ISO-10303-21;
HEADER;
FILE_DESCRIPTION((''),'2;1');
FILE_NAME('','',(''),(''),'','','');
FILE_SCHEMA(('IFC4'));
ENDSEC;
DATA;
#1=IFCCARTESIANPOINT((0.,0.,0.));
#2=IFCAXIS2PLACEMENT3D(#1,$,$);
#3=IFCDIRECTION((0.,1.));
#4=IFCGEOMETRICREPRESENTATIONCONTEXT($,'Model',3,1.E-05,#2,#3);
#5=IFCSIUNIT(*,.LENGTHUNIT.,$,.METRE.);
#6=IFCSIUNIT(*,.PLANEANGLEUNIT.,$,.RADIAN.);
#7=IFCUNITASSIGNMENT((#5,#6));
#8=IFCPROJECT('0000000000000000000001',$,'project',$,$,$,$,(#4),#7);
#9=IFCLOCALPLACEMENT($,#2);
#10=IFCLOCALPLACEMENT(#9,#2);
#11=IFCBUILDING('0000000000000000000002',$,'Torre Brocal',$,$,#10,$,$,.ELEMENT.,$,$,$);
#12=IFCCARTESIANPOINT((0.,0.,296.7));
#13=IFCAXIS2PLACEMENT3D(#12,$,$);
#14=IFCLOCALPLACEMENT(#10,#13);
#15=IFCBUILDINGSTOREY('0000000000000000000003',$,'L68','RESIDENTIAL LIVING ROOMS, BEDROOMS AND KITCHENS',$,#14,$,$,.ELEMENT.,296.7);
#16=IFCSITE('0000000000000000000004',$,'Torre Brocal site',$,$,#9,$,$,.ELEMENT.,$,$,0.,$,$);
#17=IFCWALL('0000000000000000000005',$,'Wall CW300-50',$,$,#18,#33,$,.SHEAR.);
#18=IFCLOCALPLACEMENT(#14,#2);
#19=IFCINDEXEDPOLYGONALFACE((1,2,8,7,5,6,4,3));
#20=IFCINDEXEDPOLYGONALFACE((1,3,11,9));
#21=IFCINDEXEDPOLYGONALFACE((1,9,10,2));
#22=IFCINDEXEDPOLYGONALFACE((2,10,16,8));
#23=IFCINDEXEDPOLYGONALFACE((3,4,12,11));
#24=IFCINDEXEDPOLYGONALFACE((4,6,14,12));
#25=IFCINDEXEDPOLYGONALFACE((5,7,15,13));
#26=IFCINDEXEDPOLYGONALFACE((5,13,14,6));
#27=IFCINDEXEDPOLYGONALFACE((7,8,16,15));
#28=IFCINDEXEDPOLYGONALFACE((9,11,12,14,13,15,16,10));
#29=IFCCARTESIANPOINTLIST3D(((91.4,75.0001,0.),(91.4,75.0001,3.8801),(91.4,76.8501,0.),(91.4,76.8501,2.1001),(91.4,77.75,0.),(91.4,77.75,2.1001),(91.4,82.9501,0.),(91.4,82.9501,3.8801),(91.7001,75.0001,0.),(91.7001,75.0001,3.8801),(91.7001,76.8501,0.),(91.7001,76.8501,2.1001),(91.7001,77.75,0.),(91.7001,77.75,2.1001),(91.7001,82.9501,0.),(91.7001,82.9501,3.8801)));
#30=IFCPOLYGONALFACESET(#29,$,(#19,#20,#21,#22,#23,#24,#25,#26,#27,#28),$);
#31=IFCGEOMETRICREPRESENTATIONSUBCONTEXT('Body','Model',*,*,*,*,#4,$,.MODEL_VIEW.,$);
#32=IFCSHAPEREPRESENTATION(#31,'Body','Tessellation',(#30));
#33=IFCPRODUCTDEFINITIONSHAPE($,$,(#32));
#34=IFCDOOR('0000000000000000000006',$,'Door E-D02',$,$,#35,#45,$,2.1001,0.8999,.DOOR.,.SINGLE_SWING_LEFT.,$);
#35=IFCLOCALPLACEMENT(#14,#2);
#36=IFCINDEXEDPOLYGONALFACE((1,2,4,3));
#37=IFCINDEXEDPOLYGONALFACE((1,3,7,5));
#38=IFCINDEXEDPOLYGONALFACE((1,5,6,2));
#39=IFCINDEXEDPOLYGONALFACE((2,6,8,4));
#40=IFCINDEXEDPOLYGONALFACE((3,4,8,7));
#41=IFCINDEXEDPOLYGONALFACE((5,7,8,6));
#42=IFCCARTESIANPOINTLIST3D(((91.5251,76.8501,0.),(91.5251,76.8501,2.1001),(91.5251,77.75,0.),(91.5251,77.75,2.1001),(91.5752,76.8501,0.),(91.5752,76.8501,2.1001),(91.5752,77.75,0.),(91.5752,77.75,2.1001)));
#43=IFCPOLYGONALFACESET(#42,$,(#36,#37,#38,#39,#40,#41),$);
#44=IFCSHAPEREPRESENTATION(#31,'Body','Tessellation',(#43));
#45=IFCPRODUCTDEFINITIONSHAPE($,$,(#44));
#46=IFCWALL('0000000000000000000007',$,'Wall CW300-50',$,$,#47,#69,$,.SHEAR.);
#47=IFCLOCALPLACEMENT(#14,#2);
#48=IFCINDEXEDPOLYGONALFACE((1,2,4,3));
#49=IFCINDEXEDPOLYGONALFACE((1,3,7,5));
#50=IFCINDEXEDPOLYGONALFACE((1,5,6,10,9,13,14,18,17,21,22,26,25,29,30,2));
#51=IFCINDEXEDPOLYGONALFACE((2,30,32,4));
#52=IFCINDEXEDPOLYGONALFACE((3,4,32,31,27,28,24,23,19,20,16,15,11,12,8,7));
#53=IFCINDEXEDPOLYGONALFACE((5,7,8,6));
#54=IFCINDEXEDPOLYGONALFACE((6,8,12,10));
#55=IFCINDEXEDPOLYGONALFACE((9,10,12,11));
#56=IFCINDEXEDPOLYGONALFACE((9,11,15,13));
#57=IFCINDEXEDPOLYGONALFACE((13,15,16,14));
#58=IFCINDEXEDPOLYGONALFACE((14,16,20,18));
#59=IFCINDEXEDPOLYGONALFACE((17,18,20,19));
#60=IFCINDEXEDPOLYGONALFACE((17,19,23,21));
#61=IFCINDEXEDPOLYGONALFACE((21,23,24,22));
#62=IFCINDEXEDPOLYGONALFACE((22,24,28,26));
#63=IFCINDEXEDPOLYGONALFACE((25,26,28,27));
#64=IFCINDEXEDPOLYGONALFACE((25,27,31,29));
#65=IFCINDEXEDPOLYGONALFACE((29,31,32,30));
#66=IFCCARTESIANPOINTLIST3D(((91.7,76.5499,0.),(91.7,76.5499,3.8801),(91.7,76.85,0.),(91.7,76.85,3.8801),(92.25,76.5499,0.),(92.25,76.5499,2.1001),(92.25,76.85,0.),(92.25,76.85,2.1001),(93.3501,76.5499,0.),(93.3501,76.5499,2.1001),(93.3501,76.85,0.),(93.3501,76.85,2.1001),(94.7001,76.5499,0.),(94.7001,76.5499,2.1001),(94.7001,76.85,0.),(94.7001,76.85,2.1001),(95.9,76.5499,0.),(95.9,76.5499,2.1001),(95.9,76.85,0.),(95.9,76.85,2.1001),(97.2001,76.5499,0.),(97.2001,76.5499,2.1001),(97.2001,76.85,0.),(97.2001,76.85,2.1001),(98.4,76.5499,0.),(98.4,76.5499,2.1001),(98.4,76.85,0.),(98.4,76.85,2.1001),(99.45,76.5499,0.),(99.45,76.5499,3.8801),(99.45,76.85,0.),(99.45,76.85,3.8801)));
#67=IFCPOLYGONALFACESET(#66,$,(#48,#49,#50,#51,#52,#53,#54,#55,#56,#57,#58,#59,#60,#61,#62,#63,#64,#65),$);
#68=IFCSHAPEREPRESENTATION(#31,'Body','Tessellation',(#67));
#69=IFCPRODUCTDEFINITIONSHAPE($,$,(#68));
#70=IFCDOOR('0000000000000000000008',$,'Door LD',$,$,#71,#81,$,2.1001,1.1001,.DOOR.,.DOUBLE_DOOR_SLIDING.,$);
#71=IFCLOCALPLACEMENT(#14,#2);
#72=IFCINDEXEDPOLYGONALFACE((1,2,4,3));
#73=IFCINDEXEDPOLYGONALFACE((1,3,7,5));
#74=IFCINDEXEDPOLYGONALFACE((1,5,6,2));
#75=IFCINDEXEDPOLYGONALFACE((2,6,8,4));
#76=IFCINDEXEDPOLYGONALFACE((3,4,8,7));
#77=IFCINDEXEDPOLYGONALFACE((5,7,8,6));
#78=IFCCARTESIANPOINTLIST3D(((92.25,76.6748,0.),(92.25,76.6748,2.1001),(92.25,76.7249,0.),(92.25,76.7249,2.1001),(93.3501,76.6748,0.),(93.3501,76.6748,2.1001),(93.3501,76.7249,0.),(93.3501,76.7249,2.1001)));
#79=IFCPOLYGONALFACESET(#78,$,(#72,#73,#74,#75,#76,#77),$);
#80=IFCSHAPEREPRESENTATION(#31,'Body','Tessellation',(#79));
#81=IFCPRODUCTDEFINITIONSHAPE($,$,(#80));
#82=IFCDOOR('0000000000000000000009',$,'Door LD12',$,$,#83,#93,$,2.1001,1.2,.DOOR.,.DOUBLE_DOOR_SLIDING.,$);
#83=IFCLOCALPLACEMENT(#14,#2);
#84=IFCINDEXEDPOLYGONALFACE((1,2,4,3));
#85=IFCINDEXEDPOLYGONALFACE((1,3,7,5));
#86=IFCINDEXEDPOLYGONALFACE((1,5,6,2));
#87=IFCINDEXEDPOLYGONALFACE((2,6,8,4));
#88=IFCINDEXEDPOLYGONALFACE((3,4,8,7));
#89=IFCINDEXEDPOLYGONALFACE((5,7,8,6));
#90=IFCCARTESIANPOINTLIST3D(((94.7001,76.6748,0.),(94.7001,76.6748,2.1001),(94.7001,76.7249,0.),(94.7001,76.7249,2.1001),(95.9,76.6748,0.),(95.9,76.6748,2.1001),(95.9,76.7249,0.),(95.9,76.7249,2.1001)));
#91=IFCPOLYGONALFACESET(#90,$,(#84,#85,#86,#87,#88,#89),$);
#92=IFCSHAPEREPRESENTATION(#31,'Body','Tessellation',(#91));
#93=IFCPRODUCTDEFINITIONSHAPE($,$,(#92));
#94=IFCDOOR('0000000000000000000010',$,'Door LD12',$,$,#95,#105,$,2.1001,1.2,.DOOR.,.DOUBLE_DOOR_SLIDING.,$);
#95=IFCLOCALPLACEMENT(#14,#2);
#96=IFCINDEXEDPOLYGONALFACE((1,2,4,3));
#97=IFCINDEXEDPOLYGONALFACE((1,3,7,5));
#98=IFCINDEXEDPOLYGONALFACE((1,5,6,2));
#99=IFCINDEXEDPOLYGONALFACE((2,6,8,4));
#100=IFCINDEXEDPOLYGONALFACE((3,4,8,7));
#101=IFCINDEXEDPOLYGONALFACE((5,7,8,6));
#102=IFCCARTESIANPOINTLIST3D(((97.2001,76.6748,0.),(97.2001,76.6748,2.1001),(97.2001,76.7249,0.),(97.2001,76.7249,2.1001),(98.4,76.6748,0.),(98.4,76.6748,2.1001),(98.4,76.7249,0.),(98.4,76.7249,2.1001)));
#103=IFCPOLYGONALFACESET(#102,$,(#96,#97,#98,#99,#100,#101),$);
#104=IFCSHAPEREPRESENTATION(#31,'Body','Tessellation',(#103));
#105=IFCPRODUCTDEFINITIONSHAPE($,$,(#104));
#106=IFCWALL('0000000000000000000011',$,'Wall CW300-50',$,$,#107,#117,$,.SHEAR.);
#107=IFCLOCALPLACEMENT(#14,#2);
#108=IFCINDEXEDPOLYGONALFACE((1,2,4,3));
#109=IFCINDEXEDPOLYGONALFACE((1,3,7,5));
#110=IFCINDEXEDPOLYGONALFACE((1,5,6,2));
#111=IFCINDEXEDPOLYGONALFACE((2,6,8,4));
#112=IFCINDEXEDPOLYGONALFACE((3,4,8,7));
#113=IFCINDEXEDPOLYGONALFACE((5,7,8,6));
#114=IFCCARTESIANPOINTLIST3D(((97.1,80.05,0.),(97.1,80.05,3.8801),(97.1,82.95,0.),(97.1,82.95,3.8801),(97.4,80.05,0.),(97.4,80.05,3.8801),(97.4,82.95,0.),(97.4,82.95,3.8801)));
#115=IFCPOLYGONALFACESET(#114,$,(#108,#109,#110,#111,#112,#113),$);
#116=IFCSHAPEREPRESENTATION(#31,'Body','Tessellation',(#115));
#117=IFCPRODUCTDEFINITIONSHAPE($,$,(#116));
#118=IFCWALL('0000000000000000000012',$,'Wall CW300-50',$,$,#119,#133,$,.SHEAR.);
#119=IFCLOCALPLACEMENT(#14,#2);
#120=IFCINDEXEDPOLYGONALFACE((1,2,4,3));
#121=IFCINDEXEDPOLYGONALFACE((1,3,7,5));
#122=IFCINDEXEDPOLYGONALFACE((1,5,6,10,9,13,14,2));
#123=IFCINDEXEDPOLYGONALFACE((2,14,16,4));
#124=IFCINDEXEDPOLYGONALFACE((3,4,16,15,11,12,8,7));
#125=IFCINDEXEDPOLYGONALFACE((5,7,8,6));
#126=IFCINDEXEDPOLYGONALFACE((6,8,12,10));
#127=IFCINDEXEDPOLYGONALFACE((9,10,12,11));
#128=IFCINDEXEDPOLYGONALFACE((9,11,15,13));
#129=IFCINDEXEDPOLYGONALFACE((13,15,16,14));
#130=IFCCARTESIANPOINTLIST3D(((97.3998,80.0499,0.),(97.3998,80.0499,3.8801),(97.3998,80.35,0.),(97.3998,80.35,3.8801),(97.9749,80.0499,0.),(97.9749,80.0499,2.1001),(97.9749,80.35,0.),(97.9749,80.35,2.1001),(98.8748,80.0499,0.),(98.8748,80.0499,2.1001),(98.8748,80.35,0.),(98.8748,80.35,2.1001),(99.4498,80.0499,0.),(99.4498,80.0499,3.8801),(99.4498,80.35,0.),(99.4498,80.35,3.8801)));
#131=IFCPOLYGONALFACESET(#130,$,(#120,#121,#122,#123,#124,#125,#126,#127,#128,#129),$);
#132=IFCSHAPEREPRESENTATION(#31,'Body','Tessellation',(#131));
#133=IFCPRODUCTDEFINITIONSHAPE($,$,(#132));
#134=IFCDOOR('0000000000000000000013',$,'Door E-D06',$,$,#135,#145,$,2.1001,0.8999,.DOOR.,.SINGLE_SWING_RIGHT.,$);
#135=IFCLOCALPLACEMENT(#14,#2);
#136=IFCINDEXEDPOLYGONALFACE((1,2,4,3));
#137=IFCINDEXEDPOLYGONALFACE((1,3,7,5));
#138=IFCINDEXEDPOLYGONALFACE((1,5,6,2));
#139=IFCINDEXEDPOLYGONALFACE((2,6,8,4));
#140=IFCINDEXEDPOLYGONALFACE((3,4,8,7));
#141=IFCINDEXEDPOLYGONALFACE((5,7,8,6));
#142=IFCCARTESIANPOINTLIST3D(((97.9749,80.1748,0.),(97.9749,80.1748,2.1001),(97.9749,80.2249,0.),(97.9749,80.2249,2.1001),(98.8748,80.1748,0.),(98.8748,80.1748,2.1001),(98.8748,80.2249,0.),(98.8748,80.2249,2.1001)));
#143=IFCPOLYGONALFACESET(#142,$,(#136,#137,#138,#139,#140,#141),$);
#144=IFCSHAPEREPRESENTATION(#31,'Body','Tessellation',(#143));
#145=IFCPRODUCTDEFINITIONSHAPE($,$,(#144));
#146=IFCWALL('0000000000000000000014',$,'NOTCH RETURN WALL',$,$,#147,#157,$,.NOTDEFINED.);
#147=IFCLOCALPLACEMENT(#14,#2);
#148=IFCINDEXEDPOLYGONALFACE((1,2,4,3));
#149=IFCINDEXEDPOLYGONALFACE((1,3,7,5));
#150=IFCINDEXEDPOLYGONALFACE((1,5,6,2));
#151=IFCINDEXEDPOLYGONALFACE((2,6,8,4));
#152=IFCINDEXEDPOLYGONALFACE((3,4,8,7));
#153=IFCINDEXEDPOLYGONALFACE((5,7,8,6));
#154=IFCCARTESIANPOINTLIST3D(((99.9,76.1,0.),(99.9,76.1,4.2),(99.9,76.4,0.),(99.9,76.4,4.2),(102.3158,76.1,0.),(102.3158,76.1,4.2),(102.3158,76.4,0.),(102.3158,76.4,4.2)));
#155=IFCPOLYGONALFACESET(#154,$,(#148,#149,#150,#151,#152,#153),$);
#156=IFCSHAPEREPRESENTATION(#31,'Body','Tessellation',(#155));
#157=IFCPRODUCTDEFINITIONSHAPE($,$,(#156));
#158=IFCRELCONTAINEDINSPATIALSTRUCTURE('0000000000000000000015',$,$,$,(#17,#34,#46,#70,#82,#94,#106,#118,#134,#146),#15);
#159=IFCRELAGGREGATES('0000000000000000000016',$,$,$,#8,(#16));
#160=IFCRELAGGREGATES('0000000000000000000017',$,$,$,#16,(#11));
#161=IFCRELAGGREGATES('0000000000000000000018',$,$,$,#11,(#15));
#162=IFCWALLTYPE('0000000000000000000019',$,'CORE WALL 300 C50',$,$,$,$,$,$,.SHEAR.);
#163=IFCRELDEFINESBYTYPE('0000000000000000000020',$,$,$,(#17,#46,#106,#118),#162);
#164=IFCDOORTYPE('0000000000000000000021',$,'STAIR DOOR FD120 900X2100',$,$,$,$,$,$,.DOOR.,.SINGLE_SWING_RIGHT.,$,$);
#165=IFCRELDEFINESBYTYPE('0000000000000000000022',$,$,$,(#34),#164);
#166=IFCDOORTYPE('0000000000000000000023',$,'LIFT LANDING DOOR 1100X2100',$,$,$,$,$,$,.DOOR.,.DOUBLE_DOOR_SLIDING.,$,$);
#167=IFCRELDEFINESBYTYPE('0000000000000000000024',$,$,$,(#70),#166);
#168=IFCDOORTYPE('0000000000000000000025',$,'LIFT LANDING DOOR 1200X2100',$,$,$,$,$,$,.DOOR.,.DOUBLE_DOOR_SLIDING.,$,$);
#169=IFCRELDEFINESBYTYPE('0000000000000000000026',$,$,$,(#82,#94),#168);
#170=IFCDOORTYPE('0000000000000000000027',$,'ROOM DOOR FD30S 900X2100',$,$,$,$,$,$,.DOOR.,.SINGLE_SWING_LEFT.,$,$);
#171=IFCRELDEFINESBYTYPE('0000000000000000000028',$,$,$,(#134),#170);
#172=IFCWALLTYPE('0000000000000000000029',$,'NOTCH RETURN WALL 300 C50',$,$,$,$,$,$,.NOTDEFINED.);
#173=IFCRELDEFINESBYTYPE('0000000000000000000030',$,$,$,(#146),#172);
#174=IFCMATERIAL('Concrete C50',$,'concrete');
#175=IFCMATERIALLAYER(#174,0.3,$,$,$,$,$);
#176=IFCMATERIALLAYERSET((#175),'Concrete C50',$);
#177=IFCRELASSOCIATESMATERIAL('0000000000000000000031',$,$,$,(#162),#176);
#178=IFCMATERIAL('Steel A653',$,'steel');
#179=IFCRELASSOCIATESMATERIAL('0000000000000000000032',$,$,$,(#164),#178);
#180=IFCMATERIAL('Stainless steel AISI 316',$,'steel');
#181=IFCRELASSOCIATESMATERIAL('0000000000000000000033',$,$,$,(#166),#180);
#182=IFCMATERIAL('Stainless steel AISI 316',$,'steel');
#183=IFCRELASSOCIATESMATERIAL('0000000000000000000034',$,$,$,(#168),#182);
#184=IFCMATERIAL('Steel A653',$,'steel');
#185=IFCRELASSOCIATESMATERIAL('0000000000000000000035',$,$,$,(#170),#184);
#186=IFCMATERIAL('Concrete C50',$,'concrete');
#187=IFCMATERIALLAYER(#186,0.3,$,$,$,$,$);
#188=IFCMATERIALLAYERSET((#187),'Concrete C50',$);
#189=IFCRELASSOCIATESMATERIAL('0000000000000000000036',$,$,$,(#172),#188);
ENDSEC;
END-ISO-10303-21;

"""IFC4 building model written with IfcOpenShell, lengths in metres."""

from ifc_helpers import new_model, si_unit, direction, frame, frame_2d, origin, place, context, subcontext, project, spatial, rectangle, extrude, material, layer, layer_set, type_object, element, fill, save


model = new_model("IFC4")

# Units and contexts
model_context = context("Model", 3, precision=1e-05, world=origin(), true_north=direction((0.0, 1.0)))
body_context = subcontext(model_context, "Body", "Model", "MODEL_VIEW")
ifc_project = project(units=[si_unit("LENGTHUNIT", "METRE"), si_unit("PLANEANGLEUNIT", "RADIAN")], contexts=[model_context])

# Site, building, storey
site_placement = place(None, origin())
site = spatial("IfcSite", under=ifc_project, at=site_placement, Name="Torre Brocal site", CompositionType="ELEMENT", RefElevation=0.0)
building_placement = place(site_placement, origin())
building = spatial("IfcBuilding", under=site, at=building_placement, Name="Torre Brocal", CompositionType="ELEMENT")
storey_placement = place(building_placement, frame((0.0, 0.0, 296.7)))
storey = spatial("IfcBuildingStorey", under=building, at=storey_placement, Name="L68", Description="RESIDENTIAL LIVING ROOMS, BEDROOMS AND KITCHENS", CompositionType="ELEMENT", Elevation=296.7)

# Wall, opening, door
ifc_material_1 = material(Name="Concrete C50", Category="concrete")
ifc_layer_1 = layer(ifc_material_1, 0.3)
ifc_layer_set_1 = layer_set([ifc_layer_1], Name="Concrete C50")
wall_type_1 = type_object("IfcWallType", Name="CORE WALL 300 C50", PredefinedType="SHEAR", material=ifc_layer_set_1)
wall_1_placement = place(storey_placement, frame((91.55, 75.0, 0.0), z_axis=(0.0, 0.0, 1.0), x_axis=(0.0, 1.0, 0.0)))
wall_1 = element("IfcWall", 1, at=wall_1_placement, inside=storey, type_object=wall_type_1, Name="Wall CW300-50", PredefinedType="SHEAR", context=body_context, shape_type="SweptSolid", body=[
    extrude(rectangle(XDim=7.95, YDim=0.3, at=frame_2d((3.9751, 0.0))), origin(), (0.0, 0.0, 1.0), 3.8801),
])
opening_1_placement = place(wall_1_placement, frame((1.8501, 0.0, 0.0)))
opening_1 = element("IfcOpeningElement", 2, at=opening_1_placement, cuts=wall_1, PredefinedType="OPENING", context=body_context, shape_type="SweptSolid", body=[
    extrude(rectangle(XDim=0.8999, YDim=2.1001, at=frame_2d((0.45, 1.05))), frame((0.0, 0.1599, 0.0), z_axis=(0.0, -1.0, 0.0), x_axis=(1.0, 0.0, 0.0)), (0.0, 0.0, 1.0), 0.3201),
])
ifc_material_2 = material(Name="Steel A653", Category="steel")
door_type_1 = type_object("IfcDoorType", Name="STAIR DOOR FD120 900X2100", OperationType="SINGLE_SWING_RIGHT", PredefinedType="DOOR", material=ifc_material_2)
door_1_placement = place(opening_1_placement, origin())
door_1 = element("IfcDoor", 3, at=door_1_placement, inside=storey, type_object=door_type_1, Name="Door E-D02", OperationType="SINGLE_SWING_LEFT", OverallHeight=2.1001, OverallWidth=0.8999, PredefinedType="DOOR", context=body_context, shape_type="SweptSolid", body=[
    extrude(rectangle(XDim=0.8999, YDim=2.1001, at=frame_2d((0.45, 1.05))), frame((0.0, 0.0249, 0.0), z_axis=(0.0, -1.0, 0.0), x_axis=(1.0, 0.0, 0.0)), (0.0, 0.0, 1.0), 0.05),
])
fill(opening_1, door_1)

# Wall, openings, doors
wall_2_placement = place(storey_placement, frame((91.7, 76.7, 0.0), z_axis=(0.0, 0.0, 1.0), x_axis=(1.0, 0.0, 0.0)))
wall_2 = element("IfcWall", 4, at=wall_2_placement, inside=storey, type_object=wall_type_1, Name="Wall CW300-50", PredefinedType="SHEAR", context=body_context, shape_type="SweptSolid", body=[
    extrude(rectangle(XDim=7.75, YDim=0.3, at=frame_2d((3.875, 0.0))), origin(), (0.0, 0.0, 1.0), 3.8801),
])
opening_2_placement = place(wall_2_placement, frame((0.55, 0.0, 0.0)))
opening_2 = element("IfcOpeningElement", 5, at=opening_2_placement, cuts=wall_2, PredefinedType="OPENING", context=body_context, shape_type="SweptSolid", body=[
    extrude(rectangle(XDim=1.1001, YDim=2.1001, at=frame_2d((0.55, 1.05))), frame((0.0, 0.1599, 0.0), z_axis=(0.0, -1.0, 0.0), x_axis=(1.0, 0.0, 0.0)), (0.0, 0.0, 1.0), 0.3201),
])
opening_3_placement = place(wall_2_placement, frame((3.0, 0.0, 0.0)))
opening_3 = element("IfcOpeningElement", 6, at=opening_3_placement, cuts=wall_2, PredefinedType="OPENING", context=body_context, shape_type="SweptSolid", body=[
    extrude(rectangle(XDim=1.2, YDim=2.1001, at=frame_2d((0.6001, 1.05))), frame((0.0, 0.1599, 0.0), z_axis=(0.0, -1.0, 0.0), x_axis=(1.0, 0.0, 0.0)), (0.0, 0.0, 1.0), 0.3201),
])
opening_4_placement = place(wall_2_placement, frame((5.5, 0.0, 0.0)))
opening_4 = element("IfcOpeningElement", 7, at=opening_4_placement, cuts=wall_2, PredefinedType="OPENING", context=body_context, shape_type="SweptSolid", body=[
    extrude(rectangle(XDim=1.2, YDim=2.1001, at=frame_2d((0.6001, 1.05))), frame((0.0, 0.1599, 0.0), z_axis=(0.0, -1.0, 0.0), x_axis=(1.0, 0.0, 0.0)), (0.0, 0.0, 1.0), 0.3201),
])
ifc_material_3 = material(Name="Stainless steel AISI 316", Category="steel")
door_type_2 = type_object("IfcDoorType", Name="LIFT LANDING DOOR 1100X2100", OperationType="DOUBLE_DOOR_SLIDING", PredefinedType="DOOR", material=ifc_material_3)
door_2_placement = place(opening_2_placement, origin())
door_2 = element("IfcDoor", 8, at=door_2_placement, inside=storey, type_object=door_type_2, Name="Door LD", OperationType="DOUBLE_DOOR_SLIDING", OverallHeight=2.1001, OverallWidth=1.1001, PredefinedType="DOOR", context=body_context, shape_type="SweptSolid", body=[
    extrude(rectangle(XDim=1.1001, YDim=2.1001, at=frame_2d((0.55, 1.05))), frame((0.0, 0.0249, 0.0), z_axis=(0.0, -1.0, 0.0), x_axis=(1.0, 0.0, 0.0)), (0.0, 0.0, 1.0), 0.05),
])
fill(opening_2, door_2)
ifc_material_4 = material(Name="Stainless steel AISI 316", Category="steel")
door_type_3 = type_object("IfcDoorType", Name="LIFT LANDING DOOR 1200X2100", OperationType="DOUBLE_DOOR_SLIDING", PredefinedType="DOOR", material=ifc_material_4)
door_3_placement = place(opening_3_placement, origin())
door_3 = element("IfcDoor", 9, at=door_3_placement, inside=storey, type_object=door_type_3, Name="Door LD12", OperationType="DOUBLE_DOOR_SLIDING", OverallHeight=2.1001, OverallWidth=1.2, PredefinedType="DOOR", context=body_context, shape_type="SweptSolid", body=[
    extrude(rectangle(XDim=1.2, YDim=2.1001, at=frame_2d((0.6001, 1.05))), frame((0.0, 0.0249, 0.0), z_axis=(0.0, -1.0, 0.0), x_axis=(1.0, 0.0, 0.0)), (0.0, 0.0, 1.0), 0.05),
])
fill(opening_3, door_3)
door_4_placement = place(opening_4_placement, origin())
door_4 = element("IfcDoor", 10, at=door_4_placement, inside=storey, type_object=door_type_3, Name="Door LD12", OperationType="DOUBLE_DOOR_SLIDING", OverallHeight=2.1001, OverallWidth=1.2, PredefinedType="DOOR", context=body_context, shape_type="SweptSolid", body=[
    extrude(rectangle(XDim=1.2, YDim=2.1001, at=frame_2d((0.6001, 1.05))), frame((0.0, 0.0249, 0.0), z_axis=(0.0, -1.0, 0.0), x_axis=(1.0, 0.0, 0.0)), (0.0, 0.0, 1.0), 0.05),
])
fill(opening_4, door_4)

# Wall
wall_3_placement = place(storey_placement, frame((97.25, 80.05, 0.0), z_axis=(0.0, 0.0, 1.0), x_axis=(0.0, 1.0, 0.0)))
element("IfcWall", 11, at=wall_3_placement, inside=storey, type_object=wall_type_1, Name="Wall CW300-50", PredefinedType="SHEAR", context=body_context, shape_type="SweptSolid", body=[
    extrude(rectangle(XDim=2.8999, YDim=0.3, at=frame_2d((1.45, 0.0))), origin(), (0.0, 0.0, 1.0), 3.8801),
])

# Wall, opening, door
wall_4_placement = place(storey_placement, frame((97.3999, 80.2, 0.0), z_axis=(0.0, 0.0, 1.0), x_axis=(1.0, 0.0, 0.0)))
wall_4 = element("IfcWall", 12, at=wall_4_placement, inside=storey, type_object=wall_type_1, Name="Wall CW300-50", PredefinedType="SHEAR", context=body_context, shape_type="SweptSolid", body=[
    extrude(rectangle(XDim=2.05, YDim=0.3, at=frame_2d((1.0249, 0.0))), origin(), (0.0, 0.0, 1.0), 3.8801),
])
opening_5_placement = place(wall_4_placement, frame((0.575, 0.0, 0.0)))
opening_5 = element("IfcOpeningElement", 13, at=opening_5_placement, cuts=wall_4, PredefinedType="OPENING", context=body_context, shape_type="SweptSolid", body=[
    extrude(rectangle(XDim=0.8999, YDim=2.1001, at=frame_2d((0.45, 1.05))), frame((0.0, 0.1599, 0.0), z_axis=(0.0, -1.0, 0.0), x_axis=(1.0, 0.0, 0.0)), (0.0, 0.0, 1.0), 0.3201),
])
ifc_material_5 = material(Name="Steel A653", Category="steel")
door_type_4 = type_object("IfcDoorType", Name="ROOM DOOR FD30S 900X2100", OperationType="SINGLE_SWING_LEFT", PredefinedType="DOOR", material=ifc_material_5)
door_5_placement = place(opening_5_placement, origin())
door_5 = element("IfcDoor", 14, at=door_5_placement, inside=storey, type_object=door_type_4, Name="Door E-D06", OperationType="SINGLE_SWING_RIGHT", OverallHeight=2.1001, OverallWidth=0.8999, PredefinedType="DOOR", context=body_context, shape_type="SweptSolid", body=[
    extrude(rectangle(XDim=0.8999, YDim=2.1001, at=frame_2d((0.45, 1.05))), frame((0.0, 0.0249, 0.0), z_axis=(0.0, -1.0, 0.0), x_axis=(1.0, 0.0, 0.0)), (0.0, 0.0, 1.0), 0.05),
])
fill(opening_5, door_5)

# Wall
ifc_material_6 = material(Name="Concrete C50", Category="concrete")
ifc_layer_2 = layer(ifc_material_6, 0.3)
ifc_layer_set_2 = layer_set([ifc_layer_2], Name="Concrete C50")
wall_type_2 = type_object("IfcWallType", Name="NOTCH RETURN WALL 300 C50", PredefinedType="NOTDEFINED", material=ifc_layer_set_2)
wall_5_placement = place(storey_placement, frame((99.8999, 76.25, 0.0), z_axis=(0.0, 0.0, 1.0), x_axis=(1.0, 0.0, 0.0)))
element("IfcWall", 15, at=wall_5_placement, inside=storey, type_object=wall_type_2, Name="NOTCH RETURN WALL", PredefinedType="NOTDEFINED", context=body_context, shape_type="SweptSolid", body=[
    extrude(rectangle(XDim=2.4158, YDim=0.3, at=frame_2d((1.208, 0.0))), origin(), (0.0, 0.0, 1.0), 4.2),
])

save(model, "model.ifc")
